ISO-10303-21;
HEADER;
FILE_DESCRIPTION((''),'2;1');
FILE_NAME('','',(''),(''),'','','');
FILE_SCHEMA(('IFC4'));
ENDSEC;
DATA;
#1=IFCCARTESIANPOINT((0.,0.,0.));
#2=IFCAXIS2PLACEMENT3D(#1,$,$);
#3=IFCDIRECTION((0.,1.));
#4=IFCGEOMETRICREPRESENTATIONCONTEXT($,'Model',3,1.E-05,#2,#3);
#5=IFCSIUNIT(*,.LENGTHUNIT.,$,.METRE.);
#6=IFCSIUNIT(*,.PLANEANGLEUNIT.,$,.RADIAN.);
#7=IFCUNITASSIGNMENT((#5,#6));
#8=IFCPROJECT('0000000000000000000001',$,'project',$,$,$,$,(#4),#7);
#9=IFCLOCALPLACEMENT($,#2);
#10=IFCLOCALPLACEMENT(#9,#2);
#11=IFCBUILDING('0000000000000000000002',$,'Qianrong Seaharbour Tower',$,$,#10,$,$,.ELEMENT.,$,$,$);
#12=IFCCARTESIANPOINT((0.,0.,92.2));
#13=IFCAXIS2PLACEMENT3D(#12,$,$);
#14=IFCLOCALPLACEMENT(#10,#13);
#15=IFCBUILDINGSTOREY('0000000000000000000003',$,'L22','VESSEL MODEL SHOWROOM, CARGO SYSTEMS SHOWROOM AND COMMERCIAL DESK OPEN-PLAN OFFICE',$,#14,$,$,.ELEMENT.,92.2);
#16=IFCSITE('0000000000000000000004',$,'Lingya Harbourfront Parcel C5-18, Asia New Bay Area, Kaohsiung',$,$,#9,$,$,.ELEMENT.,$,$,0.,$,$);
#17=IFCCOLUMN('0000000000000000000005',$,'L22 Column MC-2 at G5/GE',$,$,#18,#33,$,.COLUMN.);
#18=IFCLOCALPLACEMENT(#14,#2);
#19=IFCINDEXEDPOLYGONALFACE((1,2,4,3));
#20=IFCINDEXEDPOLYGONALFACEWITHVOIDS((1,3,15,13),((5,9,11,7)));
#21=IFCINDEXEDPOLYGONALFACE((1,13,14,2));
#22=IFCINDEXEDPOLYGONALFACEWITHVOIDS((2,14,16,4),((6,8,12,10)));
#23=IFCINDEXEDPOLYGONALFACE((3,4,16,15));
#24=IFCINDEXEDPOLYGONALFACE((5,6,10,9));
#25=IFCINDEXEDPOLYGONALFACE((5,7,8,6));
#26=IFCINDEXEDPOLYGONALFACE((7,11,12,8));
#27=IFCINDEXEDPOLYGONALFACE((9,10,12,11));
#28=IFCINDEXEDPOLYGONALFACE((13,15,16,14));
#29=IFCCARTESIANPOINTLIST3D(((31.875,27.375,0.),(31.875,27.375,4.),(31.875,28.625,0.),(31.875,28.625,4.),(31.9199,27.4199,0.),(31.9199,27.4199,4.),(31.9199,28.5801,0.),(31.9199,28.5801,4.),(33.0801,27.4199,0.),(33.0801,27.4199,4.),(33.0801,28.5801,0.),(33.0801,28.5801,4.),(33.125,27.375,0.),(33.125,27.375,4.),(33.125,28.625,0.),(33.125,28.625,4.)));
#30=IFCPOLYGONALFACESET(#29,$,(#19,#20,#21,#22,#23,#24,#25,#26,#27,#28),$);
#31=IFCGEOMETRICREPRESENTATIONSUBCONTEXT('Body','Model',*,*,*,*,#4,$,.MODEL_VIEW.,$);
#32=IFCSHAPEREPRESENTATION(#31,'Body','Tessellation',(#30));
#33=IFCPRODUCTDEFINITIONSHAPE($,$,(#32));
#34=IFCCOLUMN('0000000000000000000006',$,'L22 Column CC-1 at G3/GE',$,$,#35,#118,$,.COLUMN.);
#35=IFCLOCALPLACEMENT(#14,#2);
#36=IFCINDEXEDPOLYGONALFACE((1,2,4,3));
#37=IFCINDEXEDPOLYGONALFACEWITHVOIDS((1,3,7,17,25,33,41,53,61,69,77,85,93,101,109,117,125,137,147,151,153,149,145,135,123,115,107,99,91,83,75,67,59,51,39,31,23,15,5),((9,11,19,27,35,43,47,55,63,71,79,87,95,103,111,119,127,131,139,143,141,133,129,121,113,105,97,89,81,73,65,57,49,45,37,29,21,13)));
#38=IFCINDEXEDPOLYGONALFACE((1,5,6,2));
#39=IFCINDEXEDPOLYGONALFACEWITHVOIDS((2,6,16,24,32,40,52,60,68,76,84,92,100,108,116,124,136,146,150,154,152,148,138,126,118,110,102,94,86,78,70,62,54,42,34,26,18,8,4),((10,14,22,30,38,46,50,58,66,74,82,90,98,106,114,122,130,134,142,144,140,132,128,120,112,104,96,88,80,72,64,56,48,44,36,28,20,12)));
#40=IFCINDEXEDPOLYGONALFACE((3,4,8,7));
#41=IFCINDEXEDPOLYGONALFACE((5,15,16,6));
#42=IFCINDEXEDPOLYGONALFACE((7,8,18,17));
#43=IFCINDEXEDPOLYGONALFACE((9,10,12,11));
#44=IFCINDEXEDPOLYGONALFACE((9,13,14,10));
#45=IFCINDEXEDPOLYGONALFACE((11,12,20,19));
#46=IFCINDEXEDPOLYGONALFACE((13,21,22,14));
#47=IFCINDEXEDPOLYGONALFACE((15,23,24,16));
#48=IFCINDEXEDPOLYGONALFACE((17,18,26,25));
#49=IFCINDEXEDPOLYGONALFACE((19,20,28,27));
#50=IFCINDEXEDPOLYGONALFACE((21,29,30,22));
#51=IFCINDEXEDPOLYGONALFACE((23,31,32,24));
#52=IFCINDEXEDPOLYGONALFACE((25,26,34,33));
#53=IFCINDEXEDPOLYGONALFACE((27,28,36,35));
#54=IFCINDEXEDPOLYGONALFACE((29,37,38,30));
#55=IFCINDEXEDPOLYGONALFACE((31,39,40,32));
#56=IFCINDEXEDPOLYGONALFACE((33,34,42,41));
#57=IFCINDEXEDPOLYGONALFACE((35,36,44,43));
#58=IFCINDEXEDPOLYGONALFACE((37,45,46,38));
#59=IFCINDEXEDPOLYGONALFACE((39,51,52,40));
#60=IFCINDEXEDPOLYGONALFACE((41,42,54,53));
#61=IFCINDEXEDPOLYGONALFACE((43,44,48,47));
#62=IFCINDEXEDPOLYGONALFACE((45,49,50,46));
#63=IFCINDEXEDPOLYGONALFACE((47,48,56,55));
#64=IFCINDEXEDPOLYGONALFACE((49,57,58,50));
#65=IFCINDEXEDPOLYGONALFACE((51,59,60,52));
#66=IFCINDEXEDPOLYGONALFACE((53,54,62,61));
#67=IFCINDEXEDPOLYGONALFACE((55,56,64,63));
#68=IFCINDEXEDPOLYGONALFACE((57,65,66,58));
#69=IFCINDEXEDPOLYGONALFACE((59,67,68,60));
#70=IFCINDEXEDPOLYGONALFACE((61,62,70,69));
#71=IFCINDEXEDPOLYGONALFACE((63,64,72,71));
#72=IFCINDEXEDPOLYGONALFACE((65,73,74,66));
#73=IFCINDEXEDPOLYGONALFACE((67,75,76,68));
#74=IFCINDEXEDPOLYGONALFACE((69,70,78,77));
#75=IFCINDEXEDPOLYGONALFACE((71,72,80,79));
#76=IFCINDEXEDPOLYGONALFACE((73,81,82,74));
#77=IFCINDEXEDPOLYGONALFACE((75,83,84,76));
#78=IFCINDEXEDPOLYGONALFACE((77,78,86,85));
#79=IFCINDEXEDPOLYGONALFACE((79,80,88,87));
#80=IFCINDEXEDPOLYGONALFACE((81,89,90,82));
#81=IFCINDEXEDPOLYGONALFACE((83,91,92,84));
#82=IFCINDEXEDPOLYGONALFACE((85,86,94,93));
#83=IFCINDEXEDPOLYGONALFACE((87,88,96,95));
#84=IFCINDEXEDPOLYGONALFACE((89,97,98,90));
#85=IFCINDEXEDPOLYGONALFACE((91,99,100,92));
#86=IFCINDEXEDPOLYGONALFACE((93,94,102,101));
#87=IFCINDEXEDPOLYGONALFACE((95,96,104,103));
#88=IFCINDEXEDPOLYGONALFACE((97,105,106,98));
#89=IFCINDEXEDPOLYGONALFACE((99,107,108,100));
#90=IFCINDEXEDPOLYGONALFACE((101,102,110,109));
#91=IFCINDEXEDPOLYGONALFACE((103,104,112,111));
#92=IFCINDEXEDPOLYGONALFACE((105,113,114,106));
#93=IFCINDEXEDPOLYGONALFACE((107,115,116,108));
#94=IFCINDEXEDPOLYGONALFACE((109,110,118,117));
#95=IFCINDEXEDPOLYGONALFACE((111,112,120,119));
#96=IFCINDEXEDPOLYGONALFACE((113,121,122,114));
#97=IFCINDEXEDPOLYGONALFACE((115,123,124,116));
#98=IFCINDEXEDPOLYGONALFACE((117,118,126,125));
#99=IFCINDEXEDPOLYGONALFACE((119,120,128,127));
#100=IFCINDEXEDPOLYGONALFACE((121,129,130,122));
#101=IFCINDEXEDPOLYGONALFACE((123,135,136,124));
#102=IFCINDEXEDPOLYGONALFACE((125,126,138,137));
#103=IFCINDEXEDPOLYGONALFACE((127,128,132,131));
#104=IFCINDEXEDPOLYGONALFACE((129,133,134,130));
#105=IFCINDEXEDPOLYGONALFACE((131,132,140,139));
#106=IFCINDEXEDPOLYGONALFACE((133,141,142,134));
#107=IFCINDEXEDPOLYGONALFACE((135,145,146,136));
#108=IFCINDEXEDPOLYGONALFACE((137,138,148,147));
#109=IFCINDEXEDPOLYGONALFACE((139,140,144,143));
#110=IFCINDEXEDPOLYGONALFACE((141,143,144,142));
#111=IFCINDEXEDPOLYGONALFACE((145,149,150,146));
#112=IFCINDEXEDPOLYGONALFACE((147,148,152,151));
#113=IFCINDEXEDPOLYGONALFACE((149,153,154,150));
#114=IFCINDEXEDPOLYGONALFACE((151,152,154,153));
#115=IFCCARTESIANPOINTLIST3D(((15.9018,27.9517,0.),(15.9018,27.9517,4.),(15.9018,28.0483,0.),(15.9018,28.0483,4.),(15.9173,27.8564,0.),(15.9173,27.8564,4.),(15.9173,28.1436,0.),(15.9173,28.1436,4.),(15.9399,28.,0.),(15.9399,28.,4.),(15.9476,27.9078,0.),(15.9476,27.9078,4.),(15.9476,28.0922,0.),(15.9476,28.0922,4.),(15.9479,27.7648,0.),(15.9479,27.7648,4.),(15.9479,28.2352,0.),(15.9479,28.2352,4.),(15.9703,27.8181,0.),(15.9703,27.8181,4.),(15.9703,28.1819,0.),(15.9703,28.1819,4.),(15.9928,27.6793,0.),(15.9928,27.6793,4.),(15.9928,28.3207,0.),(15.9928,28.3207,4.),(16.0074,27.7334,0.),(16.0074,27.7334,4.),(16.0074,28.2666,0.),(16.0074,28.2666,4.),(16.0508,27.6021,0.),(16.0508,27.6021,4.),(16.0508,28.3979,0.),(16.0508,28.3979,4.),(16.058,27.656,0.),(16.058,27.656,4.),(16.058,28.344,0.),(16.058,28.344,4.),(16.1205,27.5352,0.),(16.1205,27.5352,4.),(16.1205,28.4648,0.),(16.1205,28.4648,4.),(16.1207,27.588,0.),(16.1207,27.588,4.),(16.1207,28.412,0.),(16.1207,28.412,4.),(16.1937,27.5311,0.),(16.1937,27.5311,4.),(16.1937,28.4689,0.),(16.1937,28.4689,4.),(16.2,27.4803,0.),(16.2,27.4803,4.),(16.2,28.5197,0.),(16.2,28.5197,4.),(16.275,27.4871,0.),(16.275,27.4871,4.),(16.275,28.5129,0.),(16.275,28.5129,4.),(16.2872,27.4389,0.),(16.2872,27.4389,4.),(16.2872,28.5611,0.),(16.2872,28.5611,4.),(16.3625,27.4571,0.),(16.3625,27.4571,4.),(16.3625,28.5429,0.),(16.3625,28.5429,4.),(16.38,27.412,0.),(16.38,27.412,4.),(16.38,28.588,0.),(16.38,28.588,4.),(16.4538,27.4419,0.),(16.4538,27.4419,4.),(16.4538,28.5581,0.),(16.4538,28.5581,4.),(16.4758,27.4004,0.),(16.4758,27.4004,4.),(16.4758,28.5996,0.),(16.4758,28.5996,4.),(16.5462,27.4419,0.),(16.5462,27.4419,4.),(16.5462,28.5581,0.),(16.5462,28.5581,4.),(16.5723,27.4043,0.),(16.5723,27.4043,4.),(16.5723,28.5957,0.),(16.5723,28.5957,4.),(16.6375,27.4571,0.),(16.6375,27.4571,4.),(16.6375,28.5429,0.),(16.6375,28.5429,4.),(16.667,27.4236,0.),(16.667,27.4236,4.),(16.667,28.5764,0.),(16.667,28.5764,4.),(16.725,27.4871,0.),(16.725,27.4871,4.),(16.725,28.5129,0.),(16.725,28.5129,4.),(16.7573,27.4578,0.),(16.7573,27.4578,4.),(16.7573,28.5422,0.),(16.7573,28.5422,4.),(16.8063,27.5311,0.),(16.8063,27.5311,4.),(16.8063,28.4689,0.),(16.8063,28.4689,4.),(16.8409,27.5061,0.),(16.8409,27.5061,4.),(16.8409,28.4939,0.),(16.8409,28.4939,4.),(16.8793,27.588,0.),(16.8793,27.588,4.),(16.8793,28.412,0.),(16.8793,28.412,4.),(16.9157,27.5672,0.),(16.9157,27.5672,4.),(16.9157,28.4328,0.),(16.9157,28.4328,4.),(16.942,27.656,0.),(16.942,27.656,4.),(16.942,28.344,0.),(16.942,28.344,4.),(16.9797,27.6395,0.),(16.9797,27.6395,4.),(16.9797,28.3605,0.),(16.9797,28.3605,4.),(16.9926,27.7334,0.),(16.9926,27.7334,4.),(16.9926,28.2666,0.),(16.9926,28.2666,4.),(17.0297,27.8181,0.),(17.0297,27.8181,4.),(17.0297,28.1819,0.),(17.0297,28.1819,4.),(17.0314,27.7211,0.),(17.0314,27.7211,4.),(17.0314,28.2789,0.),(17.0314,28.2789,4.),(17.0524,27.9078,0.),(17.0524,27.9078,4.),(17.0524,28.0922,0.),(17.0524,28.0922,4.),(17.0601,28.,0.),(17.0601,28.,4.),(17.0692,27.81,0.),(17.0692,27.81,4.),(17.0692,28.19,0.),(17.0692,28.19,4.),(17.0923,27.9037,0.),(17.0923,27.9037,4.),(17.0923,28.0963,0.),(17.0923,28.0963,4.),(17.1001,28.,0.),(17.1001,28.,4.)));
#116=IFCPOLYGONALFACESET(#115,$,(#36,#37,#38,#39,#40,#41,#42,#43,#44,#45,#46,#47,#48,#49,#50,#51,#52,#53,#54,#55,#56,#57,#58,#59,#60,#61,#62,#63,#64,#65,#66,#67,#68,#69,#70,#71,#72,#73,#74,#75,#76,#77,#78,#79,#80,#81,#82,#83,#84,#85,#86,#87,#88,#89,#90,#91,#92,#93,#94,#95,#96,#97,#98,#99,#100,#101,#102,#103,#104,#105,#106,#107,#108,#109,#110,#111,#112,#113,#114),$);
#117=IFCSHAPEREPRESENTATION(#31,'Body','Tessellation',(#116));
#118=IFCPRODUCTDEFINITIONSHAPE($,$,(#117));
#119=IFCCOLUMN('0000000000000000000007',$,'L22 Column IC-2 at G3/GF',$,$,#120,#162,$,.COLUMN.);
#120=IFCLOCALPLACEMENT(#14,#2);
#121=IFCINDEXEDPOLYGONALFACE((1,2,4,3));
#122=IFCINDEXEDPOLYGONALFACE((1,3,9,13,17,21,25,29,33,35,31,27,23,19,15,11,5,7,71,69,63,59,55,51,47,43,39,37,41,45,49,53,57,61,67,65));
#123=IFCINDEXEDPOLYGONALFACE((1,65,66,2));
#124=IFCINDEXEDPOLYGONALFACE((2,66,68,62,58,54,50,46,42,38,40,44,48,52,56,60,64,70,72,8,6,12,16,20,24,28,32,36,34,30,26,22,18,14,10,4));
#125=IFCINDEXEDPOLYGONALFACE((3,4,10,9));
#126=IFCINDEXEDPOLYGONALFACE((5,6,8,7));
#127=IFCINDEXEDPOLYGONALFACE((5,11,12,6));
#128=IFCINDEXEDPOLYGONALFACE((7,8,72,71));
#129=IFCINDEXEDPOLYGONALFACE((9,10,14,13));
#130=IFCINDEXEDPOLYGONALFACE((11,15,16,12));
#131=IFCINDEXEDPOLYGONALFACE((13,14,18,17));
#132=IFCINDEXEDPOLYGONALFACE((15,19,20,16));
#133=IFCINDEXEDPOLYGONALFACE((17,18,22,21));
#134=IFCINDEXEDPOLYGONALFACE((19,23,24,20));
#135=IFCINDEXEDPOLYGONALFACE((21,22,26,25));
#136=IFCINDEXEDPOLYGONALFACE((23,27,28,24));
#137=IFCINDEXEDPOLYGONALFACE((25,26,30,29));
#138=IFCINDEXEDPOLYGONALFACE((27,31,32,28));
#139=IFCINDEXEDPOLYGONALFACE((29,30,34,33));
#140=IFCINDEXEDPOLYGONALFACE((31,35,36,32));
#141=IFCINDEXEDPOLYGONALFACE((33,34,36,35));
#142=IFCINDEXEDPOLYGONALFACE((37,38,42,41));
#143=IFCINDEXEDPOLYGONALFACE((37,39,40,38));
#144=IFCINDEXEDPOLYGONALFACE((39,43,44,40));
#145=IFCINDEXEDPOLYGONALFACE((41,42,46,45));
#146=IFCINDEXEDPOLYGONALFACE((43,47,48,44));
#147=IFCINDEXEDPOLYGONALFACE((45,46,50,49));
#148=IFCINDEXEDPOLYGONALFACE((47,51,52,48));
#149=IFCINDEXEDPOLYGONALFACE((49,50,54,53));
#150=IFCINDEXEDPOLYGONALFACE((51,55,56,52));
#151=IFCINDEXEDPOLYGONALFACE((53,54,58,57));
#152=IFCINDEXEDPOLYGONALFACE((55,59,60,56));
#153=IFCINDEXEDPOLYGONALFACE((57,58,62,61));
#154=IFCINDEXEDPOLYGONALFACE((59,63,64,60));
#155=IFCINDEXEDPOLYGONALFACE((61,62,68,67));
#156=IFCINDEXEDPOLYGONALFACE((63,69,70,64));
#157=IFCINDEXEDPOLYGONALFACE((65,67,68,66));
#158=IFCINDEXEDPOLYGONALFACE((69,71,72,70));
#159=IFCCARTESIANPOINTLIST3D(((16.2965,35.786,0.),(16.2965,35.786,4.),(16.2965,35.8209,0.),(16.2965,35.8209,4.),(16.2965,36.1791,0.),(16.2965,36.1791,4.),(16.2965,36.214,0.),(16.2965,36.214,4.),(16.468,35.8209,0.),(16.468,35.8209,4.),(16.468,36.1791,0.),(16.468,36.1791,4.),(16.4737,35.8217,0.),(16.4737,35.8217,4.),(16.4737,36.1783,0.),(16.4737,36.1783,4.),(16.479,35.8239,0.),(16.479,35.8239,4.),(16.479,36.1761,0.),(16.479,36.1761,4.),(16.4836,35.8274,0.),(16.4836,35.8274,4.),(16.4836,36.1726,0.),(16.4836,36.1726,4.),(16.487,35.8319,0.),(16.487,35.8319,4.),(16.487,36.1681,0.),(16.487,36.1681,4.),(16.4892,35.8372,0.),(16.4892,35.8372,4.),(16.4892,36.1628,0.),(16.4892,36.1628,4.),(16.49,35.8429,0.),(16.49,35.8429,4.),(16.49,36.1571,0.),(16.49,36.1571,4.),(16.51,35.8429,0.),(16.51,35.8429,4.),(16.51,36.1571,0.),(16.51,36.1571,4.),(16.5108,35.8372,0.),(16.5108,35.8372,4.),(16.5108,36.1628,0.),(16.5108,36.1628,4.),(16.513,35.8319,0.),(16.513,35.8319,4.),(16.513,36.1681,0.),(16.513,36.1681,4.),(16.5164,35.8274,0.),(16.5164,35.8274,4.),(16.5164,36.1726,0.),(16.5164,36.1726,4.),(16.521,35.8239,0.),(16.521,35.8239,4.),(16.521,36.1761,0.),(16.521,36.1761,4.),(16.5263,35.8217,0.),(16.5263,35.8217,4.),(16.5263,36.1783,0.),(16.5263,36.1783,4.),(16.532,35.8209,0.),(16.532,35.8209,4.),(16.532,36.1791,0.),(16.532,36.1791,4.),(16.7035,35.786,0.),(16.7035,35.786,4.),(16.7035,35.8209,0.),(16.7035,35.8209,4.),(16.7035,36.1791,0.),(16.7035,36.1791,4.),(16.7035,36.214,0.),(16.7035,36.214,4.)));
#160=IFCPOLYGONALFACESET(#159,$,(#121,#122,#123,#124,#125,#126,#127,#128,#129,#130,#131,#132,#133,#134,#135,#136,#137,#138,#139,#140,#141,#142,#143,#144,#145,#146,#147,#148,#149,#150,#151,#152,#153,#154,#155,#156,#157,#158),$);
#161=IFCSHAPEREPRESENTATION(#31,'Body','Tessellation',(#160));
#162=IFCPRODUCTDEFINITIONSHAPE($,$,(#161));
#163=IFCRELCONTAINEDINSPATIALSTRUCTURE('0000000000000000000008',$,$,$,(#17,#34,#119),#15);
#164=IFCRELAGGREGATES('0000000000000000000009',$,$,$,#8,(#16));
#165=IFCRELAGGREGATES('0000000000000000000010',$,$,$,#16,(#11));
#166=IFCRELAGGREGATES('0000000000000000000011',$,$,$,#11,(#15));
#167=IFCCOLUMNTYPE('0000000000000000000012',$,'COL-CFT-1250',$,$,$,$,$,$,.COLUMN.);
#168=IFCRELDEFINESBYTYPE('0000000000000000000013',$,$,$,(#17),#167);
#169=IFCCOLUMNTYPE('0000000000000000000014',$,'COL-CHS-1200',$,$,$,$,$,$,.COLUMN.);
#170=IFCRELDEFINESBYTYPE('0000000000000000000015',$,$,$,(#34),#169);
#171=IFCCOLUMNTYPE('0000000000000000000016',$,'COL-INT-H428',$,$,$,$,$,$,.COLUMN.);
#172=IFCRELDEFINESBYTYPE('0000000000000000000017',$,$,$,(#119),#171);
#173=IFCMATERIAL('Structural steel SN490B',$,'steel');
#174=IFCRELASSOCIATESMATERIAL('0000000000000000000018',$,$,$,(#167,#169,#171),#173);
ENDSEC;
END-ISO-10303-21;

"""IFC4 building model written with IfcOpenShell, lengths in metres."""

from ifc_helpers import new_model, si_unit, direction, frame, origin, origin_2d, place, context, subcontext, project, spatial, hollow_rectangle, hollow_circle, i_section, extrude, material, material_profile, profile_set, type_object, element, save


model = new_model("IFC4")

# Units and contexts
model_context = context("Model", 3, precision=1e-05, world=origin(), true_north=direction((0.0, 1.0)))
body_context = subcontext(model_context, "Body", "Model", "MODEL_VIEW")
ifc_project = project(units=[si_unit("LENGTHUNIT", "METRE"), si_unit("PLANEANGLEUNIT", "RADIAN")], contexts=[model_context])

# Site, building, storey
site_placement = place(None, origin())
site = spatial("IfcSite", under=ifc_project, at=site_placement, Name="Lingya Harbourfront Parcel C5-18, Asia New Bay Area, Kaohsiung", CompositionType="ELEMENT", RefElevation=0.0)
building_placement = place(site_placement, origin())
building = spatial("IfcBuilding", under=site, at=building_placement, Name="Qianrong Seaharbour Tower", CompositionType="ELEMENT")
storey_placement = place(building_placement, frame((0.0, 0.0, 92.2)))
storey = spatial("IfcBuildingStorey", under=building, at=storey_placement, Name="L22", Description="VESSEL MODEL SHOWROOM, CARGO SYSTEMS SHOWROOM AND COMMERCIAL DESK OPEN-PLAN OFFICE", CompositionType="ELEMENT", Elevation=92.2)

# Columns
ifc_material_1 = material(Name="Structural steel SN490B", Category="steel")
ifc_material_profile_1 = material_profile(ifc_material_1, hollow_rectangle(XDim=1.25, YDim=1.25, WallThickness=0.0449, at=origin_2d()), Name="BOX1250x1250x45")
ifc_profile_set_1 = profile_set([ifc_material_profile_1], Name="Structural steel SN490B")
column_type_1 = type_object("IfcColumnType", Name="COL-CFT-1250", PredefinedType="COLUMN", material=ifc_profile_set_1)
column_1_placement = place(storey_placement, frame((32.5, 28.0, 0.0), z_axis=(0.0, 0.0, 1.0), x_axis=(1.0, 0.0, 0.0)))
element("IfcColumn", 1, at=column_1_placement, inside=storey, type_object=column_type_1, Name="L22 Column MC-2 at G5/GE", PredefinedType="COLUMN", context=body_context, shape_type="SweptSolid", body=[
    extrude(hollow_rectangle(XDim=1.25, YDim=1.25, WallThickness=0.0449, at=origin_2d()), origin(), (0.0, 0.0, 1.0), 4.0),
])
ifc_material_profile_2 = material_profile(ifc_material_1, hollow_circle(Radius=0.6001, WallThickness=0.04, at=origin_2d()), Name="CHS1200x40")
ifc_profile_set_2 = profile_set([ifc_material_profile_2], Name="Structural steel SN490B")
column_type_2 = type_object("IfcColumnType", Name="COL-CHS-1200", PredefinedType="COLUMN", material=ifc_profile_set_2)
column_2_placement = place(storey_placement, frame((16.5, 28.0, 0.0), z_axis=(0.0, 0.0, 1.0), x_axis=(1.0, 0.0, 0.0)))
element("IfcColumn", 2, at=column_2_placement, inside=storey, type_object=column_type_2, Name="L22 Column CC-1 at G3/GE", PredefinedType="COLUMN", context=body_context, shape_type="SweptSolid", body=[
    extrude(hollow_circle(Radius=0.6001, WallThickness=0.04, at=origin_2d()), origin(), (0.0, 0.0, 1.0), 4.0),
])
ifc_material_profile_3 = material_profile(ifc_material_1, i_section(OverallWidth=0.407, OverallDepth=0.428, WebThickness=0.02, FlangeThickness=0.0349, FilletRadius=0.022, at=origin_2d()), Name="H428x407x20x35")
ifc_profile_set_3 = profile_set([ifc_material_profile_3], Name="Structural steel SN490B")
column_type_3 = type_object("IfcColumnType", Name="COL-INT-H428", PredefinedType="COLUMN", material=ifc_profile_set_3)
for number, where, z_axis, x_axis, name in (
    (3, (16.5, 36.0, 0.0), (0.0, 0.0, 1.0), (1.0, 0.0, 0.0), "L22 Column IC-2 at G3/GF"),
):
    element("IfcColumn", number, at=place(storey_placement, frame(where, z_axis=z_axis, x_axis=x_axis)), inside=storey, type_object=column_type_3, Name=name, PredefinedType="COLUMN", context=body_context, shape_type="SweptSolid", body=[
        extrude(i_section(OverallWidth=0.407, OverallDepth=0.428, WebThickness=0.02, FlangeThickness=0.0349, FilletRadius=0.022, at=origin_2d()), origin(), (0.0, 0.0, 1.0), 4.0),
    ])

save(model, "model.ifc")
